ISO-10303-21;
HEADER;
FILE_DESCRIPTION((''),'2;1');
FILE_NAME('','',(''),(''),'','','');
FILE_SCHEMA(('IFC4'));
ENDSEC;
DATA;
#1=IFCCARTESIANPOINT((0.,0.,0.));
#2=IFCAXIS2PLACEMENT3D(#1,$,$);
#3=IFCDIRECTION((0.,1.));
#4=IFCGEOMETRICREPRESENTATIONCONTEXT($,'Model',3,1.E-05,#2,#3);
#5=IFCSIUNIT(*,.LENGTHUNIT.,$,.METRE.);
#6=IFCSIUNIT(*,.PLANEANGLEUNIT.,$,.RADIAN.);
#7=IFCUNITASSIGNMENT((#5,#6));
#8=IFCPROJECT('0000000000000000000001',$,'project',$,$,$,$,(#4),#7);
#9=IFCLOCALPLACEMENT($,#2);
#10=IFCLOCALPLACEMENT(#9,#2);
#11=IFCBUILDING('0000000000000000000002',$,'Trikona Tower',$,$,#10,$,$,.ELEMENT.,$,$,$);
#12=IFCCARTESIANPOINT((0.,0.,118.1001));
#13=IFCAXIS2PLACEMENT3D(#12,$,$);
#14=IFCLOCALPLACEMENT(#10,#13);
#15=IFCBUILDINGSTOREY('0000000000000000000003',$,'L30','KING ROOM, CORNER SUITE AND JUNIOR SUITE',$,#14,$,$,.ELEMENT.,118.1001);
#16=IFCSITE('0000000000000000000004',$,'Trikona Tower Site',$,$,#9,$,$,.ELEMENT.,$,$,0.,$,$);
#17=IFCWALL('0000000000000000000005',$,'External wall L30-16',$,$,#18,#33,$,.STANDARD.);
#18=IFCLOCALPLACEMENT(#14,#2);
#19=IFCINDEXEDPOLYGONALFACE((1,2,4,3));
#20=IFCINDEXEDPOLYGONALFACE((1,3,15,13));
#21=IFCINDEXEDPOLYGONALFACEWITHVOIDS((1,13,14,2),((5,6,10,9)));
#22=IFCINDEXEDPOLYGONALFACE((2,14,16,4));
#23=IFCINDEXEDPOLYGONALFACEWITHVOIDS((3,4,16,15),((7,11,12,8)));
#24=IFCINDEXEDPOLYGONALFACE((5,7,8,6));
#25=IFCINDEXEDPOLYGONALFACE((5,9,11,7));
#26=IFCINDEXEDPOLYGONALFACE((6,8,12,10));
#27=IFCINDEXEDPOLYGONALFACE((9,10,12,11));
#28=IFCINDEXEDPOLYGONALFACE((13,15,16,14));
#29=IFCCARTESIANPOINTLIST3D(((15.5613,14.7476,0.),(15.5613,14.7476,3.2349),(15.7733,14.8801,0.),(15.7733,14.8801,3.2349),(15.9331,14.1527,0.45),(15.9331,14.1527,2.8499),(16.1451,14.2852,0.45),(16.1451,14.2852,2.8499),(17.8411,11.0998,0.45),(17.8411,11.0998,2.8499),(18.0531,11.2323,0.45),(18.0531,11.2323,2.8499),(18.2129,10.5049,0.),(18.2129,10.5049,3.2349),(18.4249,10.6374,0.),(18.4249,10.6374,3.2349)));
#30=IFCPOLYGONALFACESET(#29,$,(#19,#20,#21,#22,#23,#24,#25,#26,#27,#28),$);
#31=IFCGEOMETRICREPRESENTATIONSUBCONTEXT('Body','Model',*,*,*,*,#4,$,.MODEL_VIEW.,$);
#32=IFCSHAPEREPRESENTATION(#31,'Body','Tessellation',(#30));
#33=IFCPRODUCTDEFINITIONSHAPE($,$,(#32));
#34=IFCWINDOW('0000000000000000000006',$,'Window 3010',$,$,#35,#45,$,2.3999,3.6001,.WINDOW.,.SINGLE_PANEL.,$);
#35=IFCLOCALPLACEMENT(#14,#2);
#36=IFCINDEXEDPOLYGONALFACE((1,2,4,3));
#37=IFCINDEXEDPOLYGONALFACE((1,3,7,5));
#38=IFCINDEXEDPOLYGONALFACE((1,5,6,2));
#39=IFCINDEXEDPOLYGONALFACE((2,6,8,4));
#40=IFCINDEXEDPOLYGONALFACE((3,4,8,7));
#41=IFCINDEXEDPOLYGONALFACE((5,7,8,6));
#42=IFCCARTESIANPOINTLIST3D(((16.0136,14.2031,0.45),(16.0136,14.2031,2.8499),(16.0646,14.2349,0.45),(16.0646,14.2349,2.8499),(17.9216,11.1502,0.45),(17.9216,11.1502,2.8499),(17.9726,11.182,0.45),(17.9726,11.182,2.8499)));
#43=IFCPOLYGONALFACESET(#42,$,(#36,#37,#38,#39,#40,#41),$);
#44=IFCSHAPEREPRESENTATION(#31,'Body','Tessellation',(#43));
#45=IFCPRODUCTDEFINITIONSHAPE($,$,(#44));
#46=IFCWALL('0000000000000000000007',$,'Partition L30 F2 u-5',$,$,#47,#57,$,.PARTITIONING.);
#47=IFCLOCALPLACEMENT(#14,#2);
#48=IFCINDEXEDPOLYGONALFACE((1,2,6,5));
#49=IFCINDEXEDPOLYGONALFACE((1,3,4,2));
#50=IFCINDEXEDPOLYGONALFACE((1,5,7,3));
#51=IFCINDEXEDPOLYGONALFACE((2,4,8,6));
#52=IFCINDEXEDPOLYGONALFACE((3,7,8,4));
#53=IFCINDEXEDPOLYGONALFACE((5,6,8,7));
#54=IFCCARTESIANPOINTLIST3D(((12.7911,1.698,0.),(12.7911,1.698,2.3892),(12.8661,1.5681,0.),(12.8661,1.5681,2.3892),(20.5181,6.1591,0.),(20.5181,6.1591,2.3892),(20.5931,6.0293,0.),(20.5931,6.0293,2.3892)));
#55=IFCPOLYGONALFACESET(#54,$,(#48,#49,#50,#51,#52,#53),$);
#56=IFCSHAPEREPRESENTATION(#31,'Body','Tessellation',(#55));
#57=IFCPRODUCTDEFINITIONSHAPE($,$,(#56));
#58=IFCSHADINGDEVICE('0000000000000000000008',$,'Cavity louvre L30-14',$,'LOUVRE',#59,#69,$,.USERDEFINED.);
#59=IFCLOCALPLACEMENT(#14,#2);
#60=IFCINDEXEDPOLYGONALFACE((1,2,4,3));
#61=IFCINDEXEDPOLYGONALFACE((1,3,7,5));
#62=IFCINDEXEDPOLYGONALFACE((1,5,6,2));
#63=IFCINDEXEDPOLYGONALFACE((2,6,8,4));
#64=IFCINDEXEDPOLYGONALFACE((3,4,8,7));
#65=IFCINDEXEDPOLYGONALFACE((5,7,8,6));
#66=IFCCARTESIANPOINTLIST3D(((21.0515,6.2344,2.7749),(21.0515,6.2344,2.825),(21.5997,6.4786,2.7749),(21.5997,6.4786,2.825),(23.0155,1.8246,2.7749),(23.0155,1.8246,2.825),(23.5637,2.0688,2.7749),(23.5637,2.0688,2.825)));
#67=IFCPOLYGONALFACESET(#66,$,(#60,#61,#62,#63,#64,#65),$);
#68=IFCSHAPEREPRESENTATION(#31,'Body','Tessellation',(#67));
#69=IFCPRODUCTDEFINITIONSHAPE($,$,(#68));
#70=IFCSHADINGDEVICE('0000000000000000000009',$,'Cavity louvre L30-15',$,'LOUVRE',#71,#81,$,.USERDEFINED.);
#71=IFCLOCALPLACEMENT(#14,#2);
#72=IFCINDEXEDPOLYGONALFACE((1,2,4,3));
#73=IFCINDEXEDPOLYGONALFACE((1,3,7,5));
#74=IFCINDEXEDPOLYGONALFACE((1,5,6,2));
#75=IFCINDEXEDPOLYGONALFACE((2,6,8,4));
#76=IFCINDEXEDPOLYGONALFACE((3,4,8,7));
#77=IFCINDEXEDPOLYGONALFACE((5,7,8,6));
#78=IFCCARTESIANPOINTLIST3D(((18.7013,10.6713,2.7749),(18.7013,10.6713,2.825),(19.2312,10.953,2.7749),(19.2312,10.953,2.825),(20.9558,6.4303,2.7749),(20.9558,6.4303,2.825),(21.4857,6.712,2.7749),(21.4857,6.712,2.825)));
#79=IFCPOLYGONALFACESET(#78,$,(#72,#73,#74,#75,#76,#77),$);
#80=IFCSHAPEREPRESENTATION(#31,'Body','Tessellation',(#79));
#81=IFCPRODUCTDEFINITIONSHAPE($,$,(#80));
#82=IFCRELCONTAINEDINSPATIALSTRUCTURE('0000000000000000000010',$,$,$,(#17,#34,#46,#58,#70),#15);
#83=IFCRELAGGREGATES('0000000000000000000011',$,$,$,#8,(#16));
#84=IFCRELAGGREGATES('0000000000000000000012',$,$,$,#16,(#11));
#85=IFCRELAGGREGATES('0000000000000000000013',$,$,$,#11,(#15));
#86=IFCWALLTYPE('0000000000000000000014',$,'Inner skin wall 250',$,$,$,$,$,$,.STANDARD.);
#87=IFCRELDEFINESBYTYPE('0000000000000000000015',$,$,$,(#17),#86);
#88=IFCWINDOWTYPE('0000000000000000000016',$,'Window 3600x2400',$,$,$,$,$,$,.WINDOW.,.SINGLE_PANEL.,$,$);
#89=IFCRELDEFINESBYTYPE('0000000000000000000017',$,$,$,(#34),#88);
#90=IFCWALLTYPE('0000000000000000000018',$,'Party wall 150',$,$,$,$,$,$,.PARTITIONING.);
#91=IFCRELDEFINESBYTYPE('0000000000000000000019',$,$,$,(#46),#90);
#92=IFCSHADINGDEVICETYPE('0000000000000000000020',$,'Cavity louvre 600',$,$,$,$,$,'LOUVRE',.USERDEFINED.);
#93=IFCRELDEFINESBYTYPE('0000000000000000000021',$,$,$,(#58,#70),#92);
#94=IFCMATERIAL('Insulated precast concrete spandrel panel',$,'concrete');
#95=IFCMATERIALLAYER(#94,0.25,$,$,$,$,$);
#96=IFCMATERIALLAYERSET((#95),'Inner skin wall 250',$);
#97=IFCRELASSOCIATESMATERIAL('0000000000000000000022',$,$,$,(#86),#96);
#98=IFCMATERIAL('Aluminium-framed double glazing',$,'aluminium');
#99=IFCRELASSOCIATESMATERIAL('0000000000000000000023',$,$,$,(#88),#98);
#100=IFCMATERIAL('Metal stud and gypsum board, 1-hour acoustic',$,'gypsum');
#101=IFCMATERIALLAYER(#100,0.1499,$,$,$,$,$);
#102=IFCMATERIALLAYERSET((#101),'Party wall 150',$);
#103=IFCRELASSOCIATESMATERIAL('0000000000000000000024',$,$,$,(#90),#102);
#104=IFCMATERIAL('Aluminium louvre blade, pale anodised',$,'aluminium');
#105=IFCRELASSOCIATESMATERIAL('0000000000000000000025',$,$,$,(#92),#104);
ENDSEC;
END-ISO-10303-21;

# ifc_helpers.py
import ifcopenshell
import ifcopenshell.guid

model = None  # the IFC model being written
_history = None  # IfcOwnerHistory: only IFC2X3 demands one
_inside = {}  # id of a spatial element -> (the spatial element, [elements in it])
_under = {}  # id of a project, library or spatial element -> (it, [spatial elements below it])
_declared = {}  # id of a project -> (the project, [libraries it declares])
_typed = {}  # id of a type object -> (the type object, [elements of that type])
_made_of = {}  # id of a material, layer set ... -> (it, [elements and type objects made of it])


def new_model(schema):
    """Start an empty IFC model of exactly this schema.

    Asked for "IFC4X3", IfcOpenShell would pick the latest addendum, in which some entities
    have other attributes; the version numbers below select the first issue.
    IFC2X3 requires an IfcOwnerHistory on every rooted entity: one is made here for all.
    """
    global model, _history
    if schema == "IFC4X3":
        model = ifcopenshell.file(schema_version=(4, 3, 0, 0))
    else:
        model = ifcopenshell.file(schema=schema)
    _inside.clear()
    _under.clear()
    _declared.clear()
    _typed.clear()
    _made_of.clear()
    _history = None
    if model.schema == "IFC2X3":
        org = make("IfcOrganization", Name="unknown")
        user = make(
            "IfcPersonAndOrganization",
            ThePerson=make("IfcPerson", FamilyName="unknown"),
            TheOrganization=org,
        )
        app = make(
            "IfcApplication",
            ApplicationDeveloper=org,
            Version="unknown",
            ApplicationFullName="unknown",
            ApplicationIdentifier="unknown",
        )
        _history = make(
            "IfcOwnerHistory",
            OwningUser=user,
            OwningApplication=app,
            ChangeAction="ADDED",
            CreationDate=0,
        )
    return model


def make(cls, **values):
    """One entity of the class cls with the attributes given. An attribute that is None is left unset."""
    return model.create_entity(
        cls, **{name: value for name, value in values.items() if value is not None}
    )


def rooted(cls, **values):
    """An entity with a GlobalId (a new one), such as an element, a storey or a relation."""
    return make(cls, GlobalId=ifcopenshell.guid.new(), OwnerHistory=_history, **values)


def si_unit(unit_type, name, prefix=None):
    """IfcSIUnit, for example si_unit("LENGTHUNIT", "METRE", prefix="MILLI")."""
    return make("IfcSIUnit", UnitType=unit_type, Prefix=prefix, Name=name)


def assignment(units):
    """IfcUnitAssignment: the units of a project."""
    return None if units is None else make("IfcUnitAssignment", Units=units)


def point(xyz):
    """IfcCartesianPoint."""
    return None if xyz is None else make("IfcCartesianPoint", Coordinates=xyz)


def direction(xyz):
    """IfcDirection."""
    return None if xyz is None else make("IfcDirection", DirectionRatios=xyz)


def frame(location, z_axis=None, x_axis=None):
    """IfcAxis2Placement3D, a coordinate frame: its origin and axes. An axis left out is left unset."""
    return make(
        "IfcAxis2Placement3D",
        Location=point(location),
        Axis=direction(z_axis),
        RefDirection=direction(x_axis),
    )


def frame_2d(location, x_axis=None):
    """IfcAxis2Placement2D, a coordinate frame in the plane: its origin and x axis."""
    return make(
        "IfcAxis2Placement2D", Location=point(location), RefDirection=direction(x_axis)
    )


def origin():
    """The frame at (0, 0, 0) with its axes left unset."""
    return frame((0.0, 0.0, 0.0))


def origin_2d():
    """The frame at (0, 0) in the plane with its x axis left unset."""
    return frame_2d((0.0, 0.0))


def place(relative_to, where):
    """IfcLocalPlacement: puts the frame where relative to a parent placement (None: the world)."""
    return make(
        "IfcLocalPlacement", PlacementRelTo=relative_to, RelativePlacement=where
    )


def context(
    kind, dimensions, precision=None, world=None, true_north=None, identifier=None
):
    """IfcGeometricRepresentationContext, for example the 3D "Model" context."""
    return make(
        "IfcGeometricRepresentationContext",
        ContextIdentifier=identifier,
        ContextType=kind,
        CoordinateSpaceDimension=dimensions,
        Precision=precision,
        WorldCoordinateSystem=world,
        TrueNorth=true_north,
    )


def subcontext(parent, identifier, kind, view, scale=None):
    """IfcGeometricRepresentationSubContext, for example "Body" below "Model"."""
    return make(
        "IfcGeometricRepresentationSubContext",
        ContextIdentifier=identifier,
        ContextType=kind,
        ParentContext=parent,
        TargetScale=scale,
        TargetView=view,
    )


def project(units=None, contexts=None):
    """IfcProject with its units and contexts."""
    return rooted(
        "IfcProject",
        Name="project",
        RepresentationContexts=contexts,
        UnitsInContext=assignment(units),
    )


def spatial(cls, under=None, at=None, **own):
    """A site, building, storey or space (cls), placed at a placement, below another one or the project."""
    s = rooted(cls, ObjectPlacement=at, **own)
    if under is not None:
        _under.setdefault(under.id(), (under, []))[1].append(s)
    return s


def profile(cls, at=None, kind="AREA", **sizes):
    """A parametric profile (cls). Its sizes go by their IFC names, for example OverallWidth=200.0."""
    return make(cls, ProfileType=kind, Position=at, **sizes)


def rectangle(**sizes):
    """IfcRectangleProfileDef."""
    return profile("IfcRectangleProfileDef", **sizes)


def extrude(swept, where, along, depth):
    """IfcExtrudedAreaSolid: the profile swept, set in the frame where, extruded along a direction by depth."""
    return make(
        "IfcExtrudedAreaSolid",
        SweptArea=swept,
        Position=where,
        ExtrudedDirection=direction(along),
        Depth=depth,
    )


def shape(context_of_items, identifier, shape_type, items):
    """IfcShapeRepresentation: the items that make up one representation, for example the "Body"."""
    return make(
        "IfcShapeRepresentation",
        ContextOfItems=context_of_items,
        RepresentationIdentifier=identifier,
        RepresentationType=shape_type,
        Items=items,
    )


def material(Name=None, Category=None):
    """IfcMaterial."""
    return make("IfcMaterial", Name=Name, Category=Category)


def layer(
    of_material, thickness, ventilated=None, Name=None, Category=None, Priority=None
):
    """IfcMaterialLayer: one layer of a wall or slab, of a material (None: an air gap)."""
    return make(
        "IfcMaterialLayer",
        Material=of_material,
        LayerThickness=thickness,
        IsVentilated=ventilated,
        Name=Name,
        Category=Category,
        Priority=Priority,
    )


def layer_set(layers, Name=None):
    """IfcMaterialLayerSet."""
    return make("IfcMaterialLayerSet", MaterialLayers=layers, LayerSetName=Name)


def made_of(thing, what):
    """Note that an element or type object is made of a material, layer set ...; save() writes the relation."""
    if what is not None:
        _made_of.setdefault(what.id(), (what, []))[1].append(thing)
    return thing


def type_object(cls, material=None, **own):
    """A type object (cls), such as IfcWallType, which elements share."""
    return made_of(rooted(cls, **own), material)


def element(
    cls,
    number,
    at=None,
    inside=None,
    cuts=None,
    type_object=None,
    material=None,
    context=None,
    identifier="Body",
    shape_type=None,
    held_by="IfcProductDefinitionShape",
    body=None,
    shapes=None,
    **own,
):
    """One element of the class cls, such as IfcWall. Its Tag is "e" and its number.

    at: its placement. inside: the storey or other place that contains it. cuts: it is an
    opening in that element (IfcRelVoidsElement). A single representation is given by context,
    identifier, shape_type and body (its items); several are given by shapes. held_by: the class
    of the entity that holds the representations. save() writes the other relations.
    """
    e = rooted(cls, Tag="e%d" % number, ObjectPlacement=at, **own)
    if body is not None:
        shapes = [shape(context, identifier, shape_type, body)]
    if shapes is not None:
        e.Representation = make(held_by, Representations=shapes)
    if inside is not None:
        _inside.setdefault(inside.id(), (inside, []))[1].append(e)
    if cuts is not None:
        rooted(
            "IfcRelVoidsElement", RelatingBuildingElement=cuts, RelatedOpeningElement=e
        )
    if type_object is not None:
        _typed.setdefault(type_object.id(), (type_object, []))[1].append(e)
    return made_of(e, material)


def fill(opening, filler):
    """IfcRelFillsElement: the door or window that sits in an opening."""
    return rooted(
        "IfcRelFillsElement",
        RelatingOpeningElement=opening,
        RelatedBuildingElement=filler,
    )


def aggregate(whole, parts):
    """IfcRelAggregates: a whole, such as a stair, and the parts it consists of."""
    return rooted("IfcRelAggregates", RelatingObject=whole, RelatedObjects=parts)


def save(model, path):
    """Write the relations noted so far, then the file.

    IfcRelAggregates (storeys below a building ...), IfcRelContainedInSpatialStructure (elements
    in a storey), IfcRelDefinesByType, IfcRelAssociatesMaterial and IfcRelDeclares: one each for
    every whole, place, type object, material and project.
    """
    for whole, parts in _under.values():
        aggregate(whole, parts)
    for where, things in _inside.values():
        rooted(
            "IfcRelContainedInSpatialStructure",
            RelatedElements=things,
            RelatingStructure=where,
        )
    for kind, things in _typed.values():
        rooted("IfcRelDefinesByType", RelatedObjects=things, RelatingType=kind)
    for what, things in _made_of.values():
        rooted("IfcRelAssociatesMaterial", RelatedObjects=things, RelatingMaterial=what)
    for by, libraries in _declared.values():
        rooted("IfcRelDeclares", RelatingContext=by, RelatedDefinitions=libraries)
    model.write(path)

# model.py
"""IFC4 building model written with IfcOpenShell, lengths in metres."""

from ifc_helpers import new_model, si_unit, direction, frame, frame_2d, origin, origin_2d, place, context, subcontext, project, spatial, rectangle, extrude, material, layer, layer_set, type_object, element, fill, save


model = new_model("IFC4")

# Units and contexts
model_context = context("Model", 3, precision=1e-05, world=origin(), true_north=direction((0.0, 1.0)))
body_context = subcontext(model_context, "Body", "Model", "MODEL_VIEW")
ifc_project = project(units=[si_unit("LENGTHUNIT", "METRE"), si_unit("PLANEANGLEUNIT", "RADIAN")], contexts=[model_context])

# Site, building, storey
site_placement = place(None, origin())
site = spatial("IfcSite", under=ifc_project, at=site_placement, Name="Trikona Tower Site", CompositionType="ELEMENT", RefElevation=0.0)
building_placement = place(site_placement, origin())
building = spatial("IfcBuilding", under=site, at=building_placement, Name="Trikona Tower", CompositionType="ELEMENT")
storey_placement = place(building_placement, frame((0.0, 0.0, 118.1001)))
storey = spatial("IfcBuildingStorey", under=building, at=storey_placement, Name="L30", Description="KING ROOM, CORNER SUITE AND JUNIOR SUITE", CompositionType="ELEMENT", Elevation=118.1001)

# Wall, opening, window
ifc_material_1 = material(Name="Insulated precast concrete spandrel panel", Category="concrete")
ifc_layer_1 = layer(ifc_material_1, 0.25)
ifc_layer_set_1 = layer_set([ifc_layer_1], Name="Inner skin wall 250")
wall_type_1 = type_object("IfcWallType", Name="Inner skin wall 250", PredefinedType="STANDARD", material=ifc_layer_set_1)
ifc_material_2 = material(Name="Aluminium-framed double glazing", Category="aluminium")
window_type = type_object("IfcWindowType", Name="Window 3600x2400", PartitioningType="SINGLE_PANEL", PredefinedType="WINDOW", material=ifc_material_2)
wall_1_placement = place(storey_placement, frame((18.3188, 10.5713, 0.0), z_axis=(0.0, 0.0, 1.0), x_axis=(-0.52999, 0.848004, 0.0)))
wall_1 = element("IfcWall", 1, at=wall_1_placement, inside=storey, type_object=wall_type_1, Name="External wall L30-16", PredefinedType="STANDARD", context=body_context, shape_type="SweptSolid", body=[
    extrude(rectangle(XDim=5.0032, YDim=0.25, at=frame_2d((2.5015, 0.0))), origin(), (0.0, 0.0, 1.0), 3.2349),
])
opening_1_placement = place(wall_1_placement, frame((0.7014, 0.0, 0.45)))
opening_1 = element("IfcOpeningElement", 2, at=opening_1_placement, cuts=wall_1, PredefinedType="OPENING", context=body_context, shape_type="SweptSolid", body=[
    extrude(rectangle(XDim=3.6001, YDim=2.3999, at=frame_2d((1.8, 1.2))), frame((0.0, 0.135, 0.0), z_axis=(0.0, -1.0, 0.0), x_axis=(1.0, 0.0, 0.0)), (0.0, 0.0, 1.0), 0.27),
])
window_1_placement = place(opening_1_placement, origin())
window_1 = element("IfcWindow", 3, at=window_1_placement, inside=storey, type_object=window_type, Name="Window 3010", OverallHeight=2.3999, OverallWidth=3.6001, PartitioningType="SINGLE_PANEL", PredefinedType="WINDOW", context=body_context, shape_type="SweptSolid", body=[
    extrude(rectangle(XDim=3.6001, YDim=2.3999, at=frame_2d((1.8, 1.2))), frame((0.0, 0.03, 0.0), z_axis=(0.0, -1.0, 0.0), x_axis=(1.0, 0.0, 0.0)), (0.0, 0.0, 1.0), 0.0601),
])
fill(opening_1, window_1)

# Wall
ifc_material_3 = material(Name="Metal stud and gypsum board, 1-hour acoustic", Category="gypsum")
ifc_layer_2 = layer(ifc_material_3, 0.1499)
ifc_layer_set_2 = layer_set([ifc_layer_2], Name="Party wall 150")
wall_type_2 = type_object("IfcWallType", Name="Party wall 150", PredefinedType="PARTITIONING", material=ifc_layer_set_2)
wall_2_placement = place(storey_placement, frame((12.8286, 1.6331, 0.0), z_axis=(0.0, 0.0, 1.0), x_axis=(0.866027, 0.499997, 0.0)))
element("IfcWall", 4, at=wall_2_placement, inside=storey, type_object=wall_type_2, Name="Partition L30 F2 u-5", PredefinedType="PARTITIONING", context=body_context, shape_type="SweptSolid", body=[
    extrude(rectangle(XDim=8.9224, YDim=0.1499, at=frame_2d((4.4612, 0.0))), origin(), (0.0, 0.0, 1.0), 2.3892),
])

# Shading devices
ifc_material_4 = material(Name="Aluminium louvre blade, pale anodised", Category="aluminium")
shading_device_type = type_object("IfcShadingDeviceType", Name="Cavity louvre 600", ElementType="LOUVRE", PredefinedType="USERDEFINED", material=ifc_material_4)
shading_device_1_placement = place(storey_placement, frame((22.3076, 4.1516, 2.7749), z_axis=(0.0, 0.0, 1.0), x_axis=(-0.406843, 0.913498, 0.0)))
element("IfcShadingDevice", 5, at=shading_device_1_placement, inside=storey, type_object=shading_device_type, Name="Cavity louvre L30-14", ObjectType="LOUVRE", PredefinedType="USERDEFINED", context=body_context, shape_type="SweptSolid", body=[
    extrude(rectangle(XDim=4.8274, YDim=0.6001, at=origin_2d()), origin(), (0.0, 0.0, 1.0), 0.05),
])
shading_device_2_placement = place(storey_placement, frame((20.0935, 8.6917, 2.7749), z_axis=(0.0, 0.0, 1.0), x_axis=(-0.469398, 0.882987, 0.0)))
element("IfcShadingDevice", 6, at=shading_device_2_placement, inside=storey, type_object=shading_device_type, Name="Cavity louvre L30-15", ObjectType="LOUVRE", PredefinedType="USERDEFINED", context=body_context, shape_type="SweptSolid", body=[
    extrude(rectangle(XDim=4.803, YDim=0.6001, at=origin_2d()), origin(), (0.0, 0.0, 1.0), 0.05),
])

save(model, "model.ifc")
